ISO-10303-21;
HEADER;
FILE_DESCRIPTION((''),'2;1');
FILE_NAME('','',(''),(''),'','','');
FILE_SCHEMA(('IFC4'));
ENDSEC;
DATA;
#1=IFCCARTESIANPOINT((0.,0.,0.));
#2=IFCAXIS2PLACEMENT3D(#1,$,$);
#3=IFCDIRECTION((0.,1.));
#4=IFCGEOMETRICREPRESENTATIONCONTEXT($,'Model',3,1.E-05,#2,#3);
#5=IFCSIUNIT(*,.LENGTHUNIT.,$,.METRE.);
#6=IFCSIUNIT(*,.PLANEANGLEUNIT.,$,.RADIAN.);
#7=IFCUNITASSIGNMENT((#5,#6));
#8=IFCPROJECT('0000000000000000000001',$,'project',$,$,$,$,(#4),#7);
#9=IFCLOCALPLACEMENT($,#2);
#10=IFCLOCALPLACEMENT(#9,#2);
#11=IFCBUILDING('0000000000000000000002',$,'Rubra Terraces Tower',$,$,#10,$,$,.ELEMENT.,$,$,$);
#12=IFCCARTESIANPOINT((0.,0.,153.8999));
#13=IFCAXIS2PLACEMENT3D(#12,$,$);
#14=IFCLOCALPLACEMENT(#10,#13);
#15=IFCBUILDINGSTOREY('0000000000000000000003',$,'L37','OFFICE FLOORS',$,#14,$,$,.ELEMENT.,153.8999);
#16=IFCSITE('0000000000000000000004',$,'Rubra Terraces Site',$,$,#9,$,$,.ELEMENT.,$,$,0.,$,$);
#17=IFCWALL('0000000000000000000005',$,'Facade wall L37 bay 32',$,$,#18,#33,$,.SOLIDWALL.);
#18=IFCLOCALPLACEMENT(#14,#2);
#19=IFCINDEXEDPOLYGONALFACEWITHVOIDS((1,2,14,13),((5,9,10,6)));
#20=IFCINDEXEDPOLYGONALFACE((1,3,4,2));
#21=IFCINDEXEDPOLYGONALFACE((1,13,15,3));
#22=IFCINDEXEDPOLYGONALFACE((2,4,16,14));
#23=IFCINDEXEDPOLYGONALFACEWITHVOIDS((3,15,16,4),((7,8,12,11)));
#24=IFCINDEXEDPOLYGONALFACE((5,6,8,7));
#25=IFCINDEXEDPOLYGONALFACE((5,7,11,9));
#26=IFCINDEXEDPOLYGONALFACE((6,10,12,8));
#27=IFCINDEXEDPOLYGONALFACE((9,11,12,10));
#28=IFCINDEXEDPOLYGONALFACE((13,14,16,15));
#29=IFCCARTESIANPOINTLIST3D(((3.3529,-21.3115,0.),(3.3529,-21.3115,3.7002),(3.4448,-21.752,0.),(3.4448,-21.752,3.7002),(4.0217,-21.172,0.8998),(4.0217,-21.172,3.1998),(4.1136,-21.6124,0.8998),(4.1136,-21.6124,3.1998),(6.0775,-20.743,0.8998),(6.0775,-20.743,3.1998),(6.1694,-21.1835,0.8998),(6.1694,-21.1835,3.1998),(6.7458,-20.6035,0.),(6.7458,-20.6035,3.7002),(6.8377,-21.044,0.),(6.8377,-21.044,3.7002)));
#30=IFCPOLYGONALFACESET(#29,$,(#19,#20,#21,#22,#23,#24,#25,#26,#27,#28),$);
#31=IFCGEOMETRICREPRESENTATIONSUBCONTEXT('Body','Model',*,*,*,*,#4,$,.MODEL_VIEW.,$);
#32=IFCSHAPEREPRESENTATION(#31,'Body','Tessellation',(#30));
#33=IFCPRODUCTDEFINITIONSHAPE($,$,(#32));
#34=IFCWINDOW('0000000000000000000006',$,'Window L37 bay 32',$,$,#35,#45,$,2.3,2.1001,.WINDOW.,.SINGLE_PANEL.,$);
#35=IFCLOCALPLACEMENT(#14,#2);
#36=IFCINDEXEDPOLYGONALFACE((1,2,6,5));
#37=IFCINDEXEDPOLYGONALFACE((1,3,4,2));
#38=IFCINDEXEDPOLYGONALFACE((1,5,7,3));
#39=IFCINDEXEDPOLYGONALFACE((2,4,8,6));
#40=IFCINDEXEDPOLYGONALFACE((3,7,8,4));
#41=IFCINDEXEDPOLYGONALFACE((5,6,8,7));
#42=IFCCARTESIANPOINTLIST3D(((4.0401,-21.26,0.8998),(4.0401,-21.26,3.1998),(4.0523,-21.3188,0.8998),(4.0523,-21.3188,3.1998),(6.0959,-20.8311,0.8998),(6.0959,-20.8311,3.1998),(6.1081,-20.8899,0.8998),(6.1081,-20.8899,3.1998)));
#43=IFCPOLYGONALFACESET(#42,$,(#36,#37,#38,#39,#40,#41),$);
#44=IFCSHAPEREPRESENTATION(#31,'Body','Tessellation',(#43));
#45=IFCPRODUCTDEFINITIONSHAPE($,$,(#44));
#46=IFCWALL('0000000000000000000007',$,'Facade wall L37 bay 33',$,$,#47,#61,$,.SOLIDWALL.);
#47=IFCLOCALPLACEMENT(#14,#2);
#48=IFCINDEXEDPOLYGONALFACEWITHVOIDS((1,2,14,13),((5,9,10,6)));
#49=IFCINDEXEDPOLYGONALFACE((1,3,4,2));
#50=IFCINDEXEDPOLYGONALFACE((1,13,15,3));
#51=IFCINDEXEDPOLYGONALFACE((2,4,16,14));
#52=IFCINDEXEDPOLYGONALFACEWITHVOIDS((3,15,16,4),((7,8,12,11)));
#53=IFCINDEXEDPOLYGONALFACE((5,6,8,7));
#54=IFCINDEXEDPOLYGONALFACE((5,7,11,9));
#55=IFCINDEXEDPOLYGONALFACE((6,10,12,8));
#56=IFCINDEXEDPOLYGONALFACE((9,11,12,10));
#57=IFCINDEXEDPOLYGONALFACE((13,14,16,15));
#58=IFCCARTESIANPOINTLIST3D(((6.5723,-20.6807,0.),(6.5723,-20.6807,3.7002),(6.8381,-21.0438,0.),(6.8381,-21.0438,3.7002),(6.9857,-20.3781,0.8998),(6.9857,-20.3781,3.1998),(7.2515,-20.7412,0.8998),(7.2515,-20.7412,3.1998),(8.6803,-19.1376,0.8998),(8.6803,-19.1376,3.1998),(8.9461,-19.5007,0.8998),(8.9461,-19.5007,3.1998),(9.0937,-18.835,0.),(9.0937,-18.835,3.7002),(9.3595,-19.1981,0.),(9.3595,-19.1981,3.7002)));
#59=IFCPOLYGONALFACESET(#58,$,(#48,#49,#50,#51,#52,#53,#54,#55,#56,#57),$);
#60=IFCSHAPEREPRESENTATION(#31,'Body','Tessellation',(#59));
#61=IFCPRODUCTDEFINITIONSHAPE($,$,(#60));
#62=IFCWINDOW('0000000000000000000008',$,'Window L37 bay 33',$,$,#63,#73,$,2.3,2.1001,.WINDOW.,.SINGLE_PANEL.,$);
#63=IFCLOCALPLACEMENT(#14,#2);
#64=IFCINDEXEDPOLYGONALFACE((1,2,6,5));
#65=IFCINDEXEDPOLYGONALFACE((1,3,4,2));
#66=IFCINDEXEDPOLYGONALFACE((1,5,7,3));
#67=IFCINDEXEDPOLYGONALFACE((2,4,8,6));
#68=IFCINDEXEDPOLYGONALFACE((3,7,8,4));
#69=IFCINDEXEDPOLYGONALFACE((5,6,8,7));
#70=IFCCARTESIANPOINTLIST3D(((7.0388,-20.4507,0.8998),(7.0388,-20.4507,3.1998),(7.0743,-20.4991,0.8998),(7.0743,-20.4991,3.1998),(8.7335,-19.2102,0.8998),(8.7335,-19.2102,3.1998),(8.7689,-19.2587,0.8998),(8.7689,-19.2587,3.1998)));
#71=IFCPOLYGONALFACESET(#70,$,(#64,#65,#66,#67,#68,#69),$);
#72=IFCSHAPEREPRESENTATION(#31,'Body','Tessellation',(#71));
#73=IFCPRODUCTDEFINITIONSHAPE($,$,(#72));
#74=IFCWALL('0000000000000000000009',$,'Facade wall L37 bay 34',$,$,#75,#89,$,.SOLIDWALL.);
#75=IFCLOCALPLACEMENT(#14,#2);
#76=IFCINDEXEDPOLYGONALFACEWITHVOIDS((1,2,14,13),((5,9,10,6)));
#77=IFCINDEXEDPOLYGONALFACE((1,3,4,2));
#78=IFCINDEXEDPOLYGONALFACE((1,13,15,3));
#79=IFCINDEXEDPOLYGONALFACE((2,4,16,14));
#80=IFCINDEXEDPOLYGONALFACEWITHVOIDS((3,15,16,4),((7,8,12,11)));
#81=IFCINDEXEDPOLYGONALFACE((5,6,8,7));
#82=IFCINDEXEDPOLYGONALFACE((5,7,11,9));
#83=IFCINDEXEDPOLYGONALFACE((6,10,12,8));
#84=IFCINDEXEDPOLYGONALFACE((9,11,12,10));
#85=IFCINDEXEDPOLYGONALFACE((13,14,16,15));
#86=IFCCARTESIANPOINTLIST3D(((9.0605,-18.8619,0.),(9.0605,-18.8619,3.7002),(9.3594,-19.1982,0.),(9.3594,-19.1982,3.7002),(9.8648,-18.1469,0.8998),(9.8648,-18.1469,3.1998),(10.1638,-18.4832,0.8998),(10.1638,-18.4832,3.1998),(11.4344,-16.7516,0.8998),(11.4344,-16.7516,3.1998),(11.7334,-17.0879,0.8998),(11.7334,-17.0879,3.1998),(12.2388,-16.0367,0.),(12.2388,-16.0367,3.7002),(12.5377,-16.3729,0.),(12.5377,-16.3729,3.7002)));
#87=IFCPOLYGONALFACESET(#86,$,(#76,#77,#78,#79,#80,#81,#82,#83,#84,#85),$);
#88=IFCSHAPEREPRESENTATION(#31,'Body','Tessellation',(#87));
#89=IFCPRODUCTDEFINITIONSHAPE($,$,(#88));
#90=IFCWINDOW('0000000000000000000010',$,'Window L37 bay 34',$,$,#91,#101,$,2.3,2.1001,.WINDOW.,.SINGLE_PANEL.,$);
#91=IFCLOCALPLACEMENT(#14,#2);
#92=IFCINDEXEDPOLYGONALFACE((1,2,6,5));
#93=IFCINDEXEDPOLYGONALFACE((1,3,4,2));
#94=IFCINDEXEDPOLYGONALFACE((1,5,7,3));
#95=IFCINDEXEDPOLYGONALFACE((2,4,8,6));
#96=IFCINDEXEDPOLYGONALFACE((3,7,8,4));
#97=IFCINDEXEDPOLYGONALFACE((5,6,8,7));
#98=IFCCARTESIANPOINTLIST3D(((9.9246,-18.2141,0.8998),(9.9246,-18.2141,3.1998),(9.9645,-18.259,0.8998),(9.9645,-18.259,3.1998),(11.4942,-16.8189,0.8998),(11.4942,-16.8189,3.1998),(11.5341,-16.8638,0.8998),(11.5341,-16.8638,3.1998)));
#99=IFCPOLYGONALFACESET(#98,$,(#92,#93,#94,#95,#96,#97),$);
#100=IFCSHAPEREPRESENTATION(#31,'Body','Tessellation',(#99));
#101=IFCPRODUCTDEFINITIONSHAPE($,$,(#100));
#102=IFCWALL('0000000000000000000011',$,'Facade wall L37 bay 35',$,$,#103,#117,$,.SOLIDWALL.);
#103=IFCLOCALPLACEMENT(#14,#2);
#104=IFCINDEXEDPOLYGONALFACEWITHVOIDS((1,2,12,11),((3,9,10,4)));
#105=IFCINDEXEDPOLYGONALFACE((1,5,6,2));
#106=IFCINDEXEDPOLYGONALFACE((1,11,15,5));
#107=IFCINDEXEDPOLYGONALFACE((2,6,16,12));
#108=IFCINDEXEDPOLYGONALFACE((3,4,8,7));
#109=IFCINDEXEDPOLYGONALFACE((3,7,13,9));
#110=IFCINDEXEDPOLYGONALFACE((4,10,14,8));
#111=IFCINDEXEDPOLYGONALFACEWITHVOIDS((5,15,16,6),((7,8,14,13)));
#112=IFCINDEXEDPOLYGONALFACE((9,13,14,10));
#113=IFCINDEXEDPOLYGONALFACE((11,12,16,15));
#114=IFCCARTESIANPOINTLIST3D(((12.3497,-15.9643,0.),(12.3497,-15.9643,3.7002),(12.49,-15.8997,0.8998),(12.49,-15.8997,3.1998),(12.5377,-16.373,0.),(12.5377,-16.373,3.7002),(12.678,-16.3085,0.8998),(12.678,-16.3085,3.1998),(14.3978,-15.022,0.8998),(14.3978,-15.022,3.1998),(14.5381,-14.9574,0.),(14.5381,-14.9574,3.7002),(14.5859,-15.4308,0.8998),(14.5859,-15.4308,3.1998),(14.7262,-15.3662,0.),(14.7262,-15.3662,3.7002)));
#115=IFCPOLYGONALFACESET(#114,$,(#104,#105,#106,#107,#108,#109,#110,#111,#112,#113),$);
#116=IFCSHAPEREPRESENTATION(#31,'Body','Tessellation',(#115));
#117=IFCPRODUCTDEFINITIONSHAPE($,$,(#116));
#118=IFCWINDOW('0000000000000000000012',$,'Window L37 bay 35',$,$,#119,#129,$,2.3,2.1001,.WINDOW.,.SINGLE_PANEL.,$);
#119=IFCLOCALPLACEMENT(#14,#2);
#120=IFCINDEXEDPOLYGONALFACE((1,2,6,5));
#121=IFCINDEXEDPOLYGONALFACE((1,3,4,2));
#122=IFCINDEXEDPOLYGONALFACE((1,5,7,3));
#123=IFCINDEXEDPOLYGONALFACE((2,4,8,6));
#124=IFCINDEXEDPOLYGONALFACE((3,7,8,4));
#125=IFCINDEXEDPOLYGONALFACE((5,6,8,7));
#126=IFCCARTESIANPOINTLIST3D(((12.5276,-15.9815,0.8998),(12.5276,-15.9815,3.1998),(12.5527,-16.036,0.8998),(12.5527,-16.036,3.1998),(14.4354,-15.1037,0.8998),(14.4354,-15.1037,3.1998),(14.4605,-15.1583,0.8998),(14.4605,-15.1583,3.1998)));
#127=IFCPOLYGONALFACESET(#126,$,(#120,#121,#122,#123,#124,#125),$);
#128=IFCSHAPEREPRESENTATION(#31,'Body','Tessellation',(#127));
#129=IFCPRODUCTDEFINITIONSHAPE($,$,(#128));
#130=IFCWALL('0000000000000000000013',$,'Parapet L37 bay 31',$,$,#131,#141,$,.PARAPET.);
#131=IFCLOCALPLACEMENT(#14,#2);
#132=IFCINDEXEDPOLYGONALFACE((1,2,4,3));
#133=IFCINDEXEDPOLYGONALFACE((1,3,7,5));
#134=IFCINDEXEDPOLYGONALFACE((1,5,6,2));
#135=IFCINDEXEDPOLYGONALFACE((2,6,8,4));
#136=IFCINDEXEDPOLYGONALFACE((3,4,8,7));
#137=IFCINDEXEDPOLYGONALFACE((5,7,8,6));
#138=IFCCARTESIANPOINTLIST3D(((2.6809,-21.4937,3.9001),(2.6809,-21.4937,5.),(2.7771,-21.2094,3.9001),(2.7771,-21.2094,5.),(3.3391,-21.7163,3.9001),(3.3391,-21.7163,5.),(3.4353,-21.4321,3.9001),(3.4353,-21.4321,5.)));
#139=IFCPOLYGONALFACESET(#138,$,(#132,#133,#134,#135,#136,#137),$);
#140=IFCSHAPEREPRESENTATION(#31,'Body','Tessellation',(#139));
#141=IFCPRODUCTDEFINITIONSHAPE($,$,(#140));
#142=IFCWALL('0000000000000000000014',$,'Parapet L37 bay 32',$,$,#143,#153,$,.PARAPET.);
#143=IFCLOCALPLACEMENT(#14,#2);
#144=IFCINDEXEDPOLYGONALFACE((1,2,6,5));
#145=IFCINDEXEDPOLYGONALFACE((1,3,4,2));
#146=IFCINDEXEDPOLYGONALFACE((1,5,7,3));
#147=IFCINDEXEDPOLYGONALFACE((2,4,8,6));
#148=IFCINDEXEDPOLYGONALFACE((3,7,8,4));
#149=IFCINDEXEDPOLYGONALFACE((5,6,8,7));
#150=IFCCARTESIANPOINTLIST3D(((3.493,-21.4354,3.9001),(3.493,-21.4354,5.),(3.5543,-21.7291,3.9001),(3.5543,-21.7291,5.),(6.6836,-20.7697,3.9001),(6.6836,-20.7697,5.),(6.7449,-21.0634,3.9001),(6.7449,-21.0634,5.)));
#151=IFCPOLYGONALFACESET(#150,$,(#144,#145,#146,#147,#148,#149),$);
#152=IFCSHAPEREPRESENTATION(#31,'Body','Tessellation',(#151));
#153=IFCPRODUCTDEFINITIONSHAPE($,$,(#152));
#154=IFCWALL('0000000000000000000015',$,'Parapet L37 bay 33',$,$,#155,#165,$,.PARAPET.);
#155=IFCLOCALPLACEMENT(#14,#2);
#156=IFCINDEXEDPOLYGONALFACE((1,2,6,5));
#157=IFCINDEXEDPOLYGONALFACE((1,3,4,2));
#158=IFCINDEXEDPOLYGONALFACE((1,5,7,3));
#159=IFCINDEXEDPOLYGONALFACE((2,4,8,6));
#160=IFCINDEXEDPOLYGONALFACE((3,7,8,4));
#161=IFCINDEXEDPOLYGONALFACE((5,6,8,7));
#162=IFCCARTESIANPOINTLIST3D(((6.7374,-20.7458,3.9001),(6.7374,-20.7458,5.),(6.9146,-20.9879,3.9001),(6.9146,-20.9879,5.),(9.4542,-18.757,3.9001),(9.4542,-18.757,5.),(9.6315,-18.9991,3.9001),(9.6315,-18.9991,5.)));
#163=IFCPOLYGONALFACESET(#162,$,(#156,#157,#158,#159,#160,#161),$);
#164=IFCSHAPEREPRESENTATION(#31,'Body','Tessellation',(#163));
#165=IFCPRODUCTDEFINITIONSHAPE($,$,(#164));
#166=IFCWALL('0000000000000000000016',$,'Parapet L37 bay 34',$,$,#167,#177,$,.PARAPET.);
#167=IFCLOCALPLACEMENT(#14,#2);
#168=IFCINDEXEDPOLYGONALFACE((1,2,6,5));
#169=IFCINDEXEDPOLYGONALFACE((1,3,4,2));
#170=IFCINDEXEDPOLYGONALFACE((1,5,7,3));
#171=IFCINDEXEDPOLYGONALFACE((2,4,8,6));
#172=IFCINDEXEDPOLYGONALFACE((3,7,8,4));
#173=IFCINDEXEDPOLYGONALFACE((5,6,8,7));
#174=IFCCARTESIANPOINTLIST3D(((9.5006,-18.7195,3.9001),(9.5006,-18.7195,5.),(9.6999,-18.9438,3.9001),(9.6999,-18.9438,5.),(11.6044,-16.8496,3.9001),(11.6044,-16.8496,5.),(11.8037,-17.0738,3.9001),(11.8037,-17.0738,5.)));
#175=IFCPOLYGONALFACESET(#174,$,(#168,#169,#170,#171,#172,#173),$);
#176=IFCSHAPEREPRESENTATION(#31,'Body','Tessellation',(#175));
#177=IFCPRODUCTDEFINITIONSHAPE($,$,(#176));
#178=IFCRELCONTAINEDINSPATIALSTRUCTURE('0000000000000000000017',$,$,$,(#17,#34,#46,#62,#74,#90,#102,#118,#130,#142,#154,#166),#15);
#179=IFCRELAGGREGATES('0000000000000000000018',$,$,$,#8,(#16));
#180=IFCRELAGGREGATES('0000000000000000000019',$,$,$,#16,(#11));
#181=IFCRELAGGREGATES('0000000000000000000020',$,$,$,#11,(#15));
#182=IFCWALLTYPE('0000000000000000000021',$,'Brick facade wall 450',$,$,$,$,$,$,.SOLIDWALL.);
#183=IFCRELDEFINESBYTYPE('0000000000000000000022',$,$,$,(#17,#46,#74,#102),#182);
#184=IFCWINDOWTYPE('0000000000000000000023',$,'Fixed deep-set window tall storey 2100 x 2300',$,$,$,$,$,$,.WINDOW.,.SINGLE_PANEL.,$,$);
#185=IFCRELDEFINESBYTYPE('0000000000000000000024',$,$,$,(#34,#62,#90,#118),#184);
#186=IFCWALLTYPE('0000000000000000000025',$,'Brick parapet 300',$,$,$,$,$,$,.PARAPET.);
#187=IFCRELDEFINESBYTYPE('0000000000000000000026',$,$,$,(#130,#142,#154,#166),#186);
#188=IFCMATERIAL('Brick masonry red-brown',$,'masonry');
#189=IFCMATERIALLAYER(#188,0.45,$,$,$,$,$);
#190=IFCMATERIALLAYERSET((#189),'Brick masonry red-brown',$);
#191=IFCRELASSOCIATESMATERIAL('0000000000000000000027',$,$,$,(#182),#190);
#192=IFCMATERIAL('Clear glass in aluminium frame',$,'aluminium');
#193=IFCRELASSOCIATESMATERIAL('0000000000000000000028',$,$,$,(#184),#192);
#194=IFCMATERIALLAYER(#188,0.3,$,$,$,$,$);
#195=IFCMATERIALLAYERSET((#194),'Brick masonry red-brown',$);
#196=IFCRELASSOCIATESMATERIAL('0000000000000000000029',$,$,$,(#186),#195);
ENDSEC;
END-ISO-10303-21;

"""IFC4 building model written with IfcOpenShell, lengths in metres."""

from ifc_helpers import new_model, si_unit, direction, frame, frame_2d, origin, place, context, subcontext, project, spatial, rectangle, extrude, material, layer, layer_set, type_object, element, fill, save


model = new_model("IFC4")

# Units and contexts
model_context = context("Model", 3, precision=1e-05, world=origin(), true_north=direction((0.0, 1.0)))
body_context = subcontext(model_context, "Body", "Model", "MODEL_VIEW")
ifc_project = project(units=[si_unit("LENGTHUNIT", "METRE"), si_unit("PLANEANGLEUNIT", "RADIAN")], contexts=[model_context])

# Site, building, storey
site_placement = place(None, origin())
site = spatial("IfcSite", under=ifc_project, at=site_placement, Name="Rubra Terraces Site", CompositionType="ELEMENT", RefElevation=0.0)
building_placement = place(site_placement, origin())
building = spatial("IfcBuilding", under=site, at=building_placement, Name="Rubra Terraces Tower", CompositionType="ELEMENT")
storey_placement = place(building_placement, frame((0.0, 0.0, 153.8999)))
storey = spatial("IfcBuildingStorey", under=building, at=storey_placement, Name="L37", Description="OFFICE FLOORS", CompositionType="ELEMENT", Elevation=153.8999)

# Walls, openings, windows
ifc_material_1 = material(Name="Brick masonry red-brown", Category="masonry")
ifc_layer_1 = layer(ifc_material_1, 0.45)
ifc_layer_set_1 = layer_set([ifc_layer_1], Name="Brick masonry red-brown")
wall_type_1 = type_object("IfcWallType", Name="Brick facade wall 450", PredefinedType="SOLIDWALL", material=ifc_layer_set_1)
ifc_material_2 = material(Name="Clear glass in aluminium frame", Category="aluminium")
window_type = type_object("IfcWindowType", Name="Fixed deep-set window tall storey 2100 x 2300", PartitioningType="SINGLE_PANEL", PredefinedType="WINDOW", material=ifc_material_2)
wall_1_placement = place(storey_placement, frame((3.3989, -21.5317, 0.0), z_axis=(0.0, 0.0, 1.0), x_axis=(0.978916, 0.204264, 0.0)))
wall_1 = element("IfcWall", 1, at=wall_1_placement, inside=storey, type_object=wall_type_1, Name="Facade wall L37 bay 32", PredefinedType="SOLIDWALL", context=body_context, shape_type="SweptSolid", body=[
    extrude(rectangle(XDim=3.4661, YDim=0.45, at=frame_2d((1.7329, 0.0))), origin(), (0.0, 0.0, 1.0), 3.7002),
])
opening_1_placement = place(wall_1_placement, frame((0.6831, 0.0, 0.8999)))
opening_1 = element("IfcOpeningElement", 2, at=opening_1_placement, cuts=wall_1, PredefinedType="OPENING", context=body_context, shape_type="SweptSolid", body=[
    extrude(rectangle(XDim=2.1001, YDim=2.3, at=frame_2d((1.05, 1.1499))), frame((0.0, 0.2349, 0.0), z_axis=(0.0, -1.0, 0.0), x_axis=(1.0, 0.0, 0.0)), (0.0, 0.0, 1.0), 0.47),
])
window_1_placement = place(opening_1_placement, origin())
window_1 = element("IfcWindow", 3, at=window_1_placement, inside=storey, type_object=window_type, Name="Window L37 bay 32", OverallHeight=2.3, OverallWidth=2.1001, PartitioningType="SINGLE_PANEL", PredefinedType="WINDOW", context=body_context, shape_type="SweptSolid", body=[
    extrude(rectangle(XDim=2.1001, YDim=2.3, at=frame_2d((1.05, 1.1499))), frame((0.0, 0.135, 0.0), z_axis=(0.0, -1.0, 0.0), x_axis=(1.0, 0.0, 0.0)), (0.0, 0.0, 1.0), 0.0601),
])
fill(opening_1, window_1)
wall_2_placement = place(storey_placement, frame((6.7051, -20.8623, 0.0), z_axis=(0.0, 0.0, 1.0), x_axis=(0.806921, 0.590659, 0.0)))
wall_2 = element("IfcWall", 4, at=wall_2_placement, inside=storey, type_object=wall_type_1, Name="Facade wall L37 bay 33", PredefinedType="SOLIDWALL", context=body_context, shape_type="SweptSolid", body=[
    extrude(rectangle(XDim=3.1248, YDim=0.45, at=frame_2d((1.5625, 0.0))), origin(), (0.0, 0.0, 1.0), 3.7002),
])
opening_2_placement = place(wall_2_placement, frame((0.5125, 0.0, 0.8999)))
opening_2 = element("IfcOpeningElement", 5, at=opening_2_placement, cuts=wall_2, PredefinedType="OPENING", context=body_context, shape_type="SweptSolid", body=[
    extrude(rectangle(XDim=2.1001, YDim=2.3, at=frame_2d((1.05, 1.1499))), frame((0.0, 0.2349, 0.0), z_axis=(0.0, -1.0, 0.0), x_axis=(1.0, 0.0, 0.0)), (0.0, 0.0, 1.0), 0.47),
])
window_2_placement = place(opening_2_placement, origin())
window_2 = element("IfcWindow", 6, at=window_2_placement, inside=storey, type_object=window_type, Name="Window L37 bay 33", OverallHeight=2.3, OverallWidth=2.1001, PartitioningType="SINGLE_PANEL", PredefinedType="WINDOW", context=body_context, shape_type="SweptSolid", body=[
    extrude(rectangle(XDim=2.1001, YDim=2.3, at=frame_2d((1.05, 1.1499))), frame((0.0, 0.135, 0.0), z_axis=(0.0, -1.0, 0.0), x_axis=(1.0, 0.0, 0.0)), (0.0, 0.0, 1.0), 0.0601),
])
fill(opening_2, window_2)
wall_3_placement = place(storey_placement, frame((9.21, -19.03, 0.0), z_axis=(0.0, 0.0, 1.0), x_axis=(0.747397, 0.664378, 0.0)))
wall_3 = element("IfcWall", 7, at=wall_3_placement, inside=storey, type_object=wall_type_1, Name="Facade wall L37 bay 34", PredefinedType="SOLIDWALL", context=body_context, shape_type="SweptSolid", body=[
    extrude(rectangle(XDim=4.2524, YDim=0.45, at=frame_2d((2.1262, 0.0))), origin(), (0.0, 0.0, 1.0), 3.7002),
])
opening_3_placement = place(wall_3_placement, frame((1.0762, 0.0, 0.8999)))
opening_3 = element("IfcOpeningElement", 8, at=opening_3_placement, cuts=wall_3, PredefinedType="OPENING", context=body_context, shape_type="SweptSolid", body=[
    extrude(rectangle(XDim=2.1001, YDim=2.3, at=frame_2d((1.05, 1.1499))), frame((0.0, 0.2349, 0.0), z_axis=(0.0, -1.0, 0.0), x_axis=(1.0, 0.0, 0.0)), (0.0, 0.0, 1.0), 0.47),
])
window_3_placement = place(opening_3_placement, origin())
window_3 = element("IfcWindow", 9, at=window_3_placement, inside=storey, type_object=window_type, Name="Window L37 bay 34", OverallHeight=2.3, OverallWidth=2.1001, PartitioningType="SINGLE_PANEL", PredefinedType="WINDOW", context=body_context, shape_type="SweptSolid", body=[
    extrude(rectangle(XDim=2.1001, YDim=2.3, at=frame_2d((1.05, 1.1499))), frame((0.0, 0.135, 0.0), z_axis=(0.0, -1.0, 0.0), x_axis=(1.0, 0.0, 0.0)), (0.0, 0.0, 1.0), 0.0601),
])
fill(opening_3, window_3)
wall_4_placement = place(storey_placement, frame((12.4436, -16.1687, 0.0), z_axis=(0.0, 0.0, 1.0), x_axis=(0.908469, 0.417952, 0.0)))
wall_4 = element("IfcWall", 10, at=wall_4_placement, inside=storey, type_object=wall_type_1, Name="Facade wall L37 bay 35", PredefinedType="SOLIDWALL", context=body_context, shape_type="SweptSolid", body=[
    extrude(rectangle(XDim=2.4089, YDim=0.45, at=frame_2d((1.2046, 0.0))), origin(), (0.0, 0.0, 1.0), 3.7002),
])
opening_4_placement = place(wall_4_placement, frame((0.1545, 0.0, 0.8999)))
opening_4 = element("IfcOpeningElement", 11, at=opening_4_placement, cuts=wall_4, PredefinedType="OPENING", context=body_context, shape_type="SweptSolid", body=[
    extrude(rectangle(XDim=2.1001, YDim=2.3, at=frame_2d((1.05, 1.1499))), frame((0.0, 0.2349, 0.0), z_axis=(0.0, -1.0, 0.0), x_axis=(1.0, 0.0, 0.0)), (0.0, 0.0, 1.0), 0.47),
])
window_4_placement = place(opening_4_placement, origin())
window_4 = element("IfcWindow", 12, at=window_4_placement, inside=storey, type_object=window_type, Name="Window L37 bay 35", OverallHeight=2.3, OverallWidth=2.1001, PartitioningType="SINGLE_PANEL", PredefinedType="WINDOW", context=body_context, shape_type="SweptSolid", body=[
    extrude(rectangle(XDim=2.1001, YDim=2.3, at=frame_2d((1.05, 1.1499))), frame((0.0, 0.135, 0.0), z_axis=(0.0, -1.0, 0.0), x_axis=(1.0, 0.0, 0.0)), (0.0, 0.0, 1.0), 0.0601),
])
fill(opening_4, window_4)

# Walls
ifc_layer_2 = layer(ifc_material_1, 0.3)
ifc_layer_set_2 = layer_set([ifc_layer_2], Name="Brick masonry red-brown")
wall_type_2 = type_object("IfcWallType", Name="Brick parapet 300", PredefinedType="PARAPET", material=ifc_layer_set_2)
wall_5_placement = place(storey_placement, frame((2.729, -21.3516, 3.9001), z_axis=(0.0, 0.0, 1.0), x_axis=(0.947268, -0.320441, 0.0)))
element("IfcWall", 13, at=wall_5_placement, inside=storey, type_object=wall_type_2, Name="Parapet L37 bay 31", PredefinedType="PARAPET", context=body_context, shape_type="SweptSolid", body=[
    extrude(rectangle(XDim=0.6948, YDim=0.3, at=frame_2d((0.3474, 0.0))), origin(), (0.0, 0.0, 1.0), 1.0999),
])
wall_6_placement = place(storey_placement, frame((3.5237, -21.5823, 3.9001), z_axis=(0.0, 0.0, 1.0), x_axis=(0.978916, 0.204262, 0.0)))
element("IfcWall", 14, at=wall_6_placement, inside=storey, type_object=wall_type_2, Name="Parapet L37 bay 32", PredefinedType="PARAPET", context=body_context, shape_type="SweptSolid", body=[
    extrude(rectangle(XDim=3.2593, YDim=0.3, at=frame_2d((1.6296, 0.0))), origin(), (0.0, 0.0, 1.0), 1.0999),
])
wall_7_placement = place(storey_placement, frame((6.8259, -20.8669, 3.9001), z_axis=(0.0, 0.0, 1.0), x_axis=(0.806907, 0.590678, 0.0)))
element("IfcWall", 15, at=wall_7_placement, inside=storey, type_object=wall_type_2, Name="Parapet L37 bay 33", PredefinedType="PARAPET", context=body_context, shape_type="SweptSolid", body=[
    extrude(rectangle(XDim=3.3669, YDim=0.3, at=frame_2d((1.6836, 0.0))), origin(), (0.0, 0.0, 1.0), 1.0999),
])
wall_8_placement = place(storey_placement, frame((9.6003, -18.8315, 3.9001), z_axis=(0.0, 0.0, 1.0), x_axis=(0.747433, 0.664337, 0.0)))
element("IfcWall", 16, at=wall_8_placement, inside=storey, type_object=wall_type_2, Name="Parapet L37 bay 34", PredefinedType="PARAPET", context=body_context, shape_type="SweptSolid", body=[
    extrude(rectangle(XDim=2.8147, YDim=0.3, at=frame_2d((1.4072, 0.0))), origin(), (0.0, 0.0, 1.0), 1.0999),
])

save(model, "model.ifc")
